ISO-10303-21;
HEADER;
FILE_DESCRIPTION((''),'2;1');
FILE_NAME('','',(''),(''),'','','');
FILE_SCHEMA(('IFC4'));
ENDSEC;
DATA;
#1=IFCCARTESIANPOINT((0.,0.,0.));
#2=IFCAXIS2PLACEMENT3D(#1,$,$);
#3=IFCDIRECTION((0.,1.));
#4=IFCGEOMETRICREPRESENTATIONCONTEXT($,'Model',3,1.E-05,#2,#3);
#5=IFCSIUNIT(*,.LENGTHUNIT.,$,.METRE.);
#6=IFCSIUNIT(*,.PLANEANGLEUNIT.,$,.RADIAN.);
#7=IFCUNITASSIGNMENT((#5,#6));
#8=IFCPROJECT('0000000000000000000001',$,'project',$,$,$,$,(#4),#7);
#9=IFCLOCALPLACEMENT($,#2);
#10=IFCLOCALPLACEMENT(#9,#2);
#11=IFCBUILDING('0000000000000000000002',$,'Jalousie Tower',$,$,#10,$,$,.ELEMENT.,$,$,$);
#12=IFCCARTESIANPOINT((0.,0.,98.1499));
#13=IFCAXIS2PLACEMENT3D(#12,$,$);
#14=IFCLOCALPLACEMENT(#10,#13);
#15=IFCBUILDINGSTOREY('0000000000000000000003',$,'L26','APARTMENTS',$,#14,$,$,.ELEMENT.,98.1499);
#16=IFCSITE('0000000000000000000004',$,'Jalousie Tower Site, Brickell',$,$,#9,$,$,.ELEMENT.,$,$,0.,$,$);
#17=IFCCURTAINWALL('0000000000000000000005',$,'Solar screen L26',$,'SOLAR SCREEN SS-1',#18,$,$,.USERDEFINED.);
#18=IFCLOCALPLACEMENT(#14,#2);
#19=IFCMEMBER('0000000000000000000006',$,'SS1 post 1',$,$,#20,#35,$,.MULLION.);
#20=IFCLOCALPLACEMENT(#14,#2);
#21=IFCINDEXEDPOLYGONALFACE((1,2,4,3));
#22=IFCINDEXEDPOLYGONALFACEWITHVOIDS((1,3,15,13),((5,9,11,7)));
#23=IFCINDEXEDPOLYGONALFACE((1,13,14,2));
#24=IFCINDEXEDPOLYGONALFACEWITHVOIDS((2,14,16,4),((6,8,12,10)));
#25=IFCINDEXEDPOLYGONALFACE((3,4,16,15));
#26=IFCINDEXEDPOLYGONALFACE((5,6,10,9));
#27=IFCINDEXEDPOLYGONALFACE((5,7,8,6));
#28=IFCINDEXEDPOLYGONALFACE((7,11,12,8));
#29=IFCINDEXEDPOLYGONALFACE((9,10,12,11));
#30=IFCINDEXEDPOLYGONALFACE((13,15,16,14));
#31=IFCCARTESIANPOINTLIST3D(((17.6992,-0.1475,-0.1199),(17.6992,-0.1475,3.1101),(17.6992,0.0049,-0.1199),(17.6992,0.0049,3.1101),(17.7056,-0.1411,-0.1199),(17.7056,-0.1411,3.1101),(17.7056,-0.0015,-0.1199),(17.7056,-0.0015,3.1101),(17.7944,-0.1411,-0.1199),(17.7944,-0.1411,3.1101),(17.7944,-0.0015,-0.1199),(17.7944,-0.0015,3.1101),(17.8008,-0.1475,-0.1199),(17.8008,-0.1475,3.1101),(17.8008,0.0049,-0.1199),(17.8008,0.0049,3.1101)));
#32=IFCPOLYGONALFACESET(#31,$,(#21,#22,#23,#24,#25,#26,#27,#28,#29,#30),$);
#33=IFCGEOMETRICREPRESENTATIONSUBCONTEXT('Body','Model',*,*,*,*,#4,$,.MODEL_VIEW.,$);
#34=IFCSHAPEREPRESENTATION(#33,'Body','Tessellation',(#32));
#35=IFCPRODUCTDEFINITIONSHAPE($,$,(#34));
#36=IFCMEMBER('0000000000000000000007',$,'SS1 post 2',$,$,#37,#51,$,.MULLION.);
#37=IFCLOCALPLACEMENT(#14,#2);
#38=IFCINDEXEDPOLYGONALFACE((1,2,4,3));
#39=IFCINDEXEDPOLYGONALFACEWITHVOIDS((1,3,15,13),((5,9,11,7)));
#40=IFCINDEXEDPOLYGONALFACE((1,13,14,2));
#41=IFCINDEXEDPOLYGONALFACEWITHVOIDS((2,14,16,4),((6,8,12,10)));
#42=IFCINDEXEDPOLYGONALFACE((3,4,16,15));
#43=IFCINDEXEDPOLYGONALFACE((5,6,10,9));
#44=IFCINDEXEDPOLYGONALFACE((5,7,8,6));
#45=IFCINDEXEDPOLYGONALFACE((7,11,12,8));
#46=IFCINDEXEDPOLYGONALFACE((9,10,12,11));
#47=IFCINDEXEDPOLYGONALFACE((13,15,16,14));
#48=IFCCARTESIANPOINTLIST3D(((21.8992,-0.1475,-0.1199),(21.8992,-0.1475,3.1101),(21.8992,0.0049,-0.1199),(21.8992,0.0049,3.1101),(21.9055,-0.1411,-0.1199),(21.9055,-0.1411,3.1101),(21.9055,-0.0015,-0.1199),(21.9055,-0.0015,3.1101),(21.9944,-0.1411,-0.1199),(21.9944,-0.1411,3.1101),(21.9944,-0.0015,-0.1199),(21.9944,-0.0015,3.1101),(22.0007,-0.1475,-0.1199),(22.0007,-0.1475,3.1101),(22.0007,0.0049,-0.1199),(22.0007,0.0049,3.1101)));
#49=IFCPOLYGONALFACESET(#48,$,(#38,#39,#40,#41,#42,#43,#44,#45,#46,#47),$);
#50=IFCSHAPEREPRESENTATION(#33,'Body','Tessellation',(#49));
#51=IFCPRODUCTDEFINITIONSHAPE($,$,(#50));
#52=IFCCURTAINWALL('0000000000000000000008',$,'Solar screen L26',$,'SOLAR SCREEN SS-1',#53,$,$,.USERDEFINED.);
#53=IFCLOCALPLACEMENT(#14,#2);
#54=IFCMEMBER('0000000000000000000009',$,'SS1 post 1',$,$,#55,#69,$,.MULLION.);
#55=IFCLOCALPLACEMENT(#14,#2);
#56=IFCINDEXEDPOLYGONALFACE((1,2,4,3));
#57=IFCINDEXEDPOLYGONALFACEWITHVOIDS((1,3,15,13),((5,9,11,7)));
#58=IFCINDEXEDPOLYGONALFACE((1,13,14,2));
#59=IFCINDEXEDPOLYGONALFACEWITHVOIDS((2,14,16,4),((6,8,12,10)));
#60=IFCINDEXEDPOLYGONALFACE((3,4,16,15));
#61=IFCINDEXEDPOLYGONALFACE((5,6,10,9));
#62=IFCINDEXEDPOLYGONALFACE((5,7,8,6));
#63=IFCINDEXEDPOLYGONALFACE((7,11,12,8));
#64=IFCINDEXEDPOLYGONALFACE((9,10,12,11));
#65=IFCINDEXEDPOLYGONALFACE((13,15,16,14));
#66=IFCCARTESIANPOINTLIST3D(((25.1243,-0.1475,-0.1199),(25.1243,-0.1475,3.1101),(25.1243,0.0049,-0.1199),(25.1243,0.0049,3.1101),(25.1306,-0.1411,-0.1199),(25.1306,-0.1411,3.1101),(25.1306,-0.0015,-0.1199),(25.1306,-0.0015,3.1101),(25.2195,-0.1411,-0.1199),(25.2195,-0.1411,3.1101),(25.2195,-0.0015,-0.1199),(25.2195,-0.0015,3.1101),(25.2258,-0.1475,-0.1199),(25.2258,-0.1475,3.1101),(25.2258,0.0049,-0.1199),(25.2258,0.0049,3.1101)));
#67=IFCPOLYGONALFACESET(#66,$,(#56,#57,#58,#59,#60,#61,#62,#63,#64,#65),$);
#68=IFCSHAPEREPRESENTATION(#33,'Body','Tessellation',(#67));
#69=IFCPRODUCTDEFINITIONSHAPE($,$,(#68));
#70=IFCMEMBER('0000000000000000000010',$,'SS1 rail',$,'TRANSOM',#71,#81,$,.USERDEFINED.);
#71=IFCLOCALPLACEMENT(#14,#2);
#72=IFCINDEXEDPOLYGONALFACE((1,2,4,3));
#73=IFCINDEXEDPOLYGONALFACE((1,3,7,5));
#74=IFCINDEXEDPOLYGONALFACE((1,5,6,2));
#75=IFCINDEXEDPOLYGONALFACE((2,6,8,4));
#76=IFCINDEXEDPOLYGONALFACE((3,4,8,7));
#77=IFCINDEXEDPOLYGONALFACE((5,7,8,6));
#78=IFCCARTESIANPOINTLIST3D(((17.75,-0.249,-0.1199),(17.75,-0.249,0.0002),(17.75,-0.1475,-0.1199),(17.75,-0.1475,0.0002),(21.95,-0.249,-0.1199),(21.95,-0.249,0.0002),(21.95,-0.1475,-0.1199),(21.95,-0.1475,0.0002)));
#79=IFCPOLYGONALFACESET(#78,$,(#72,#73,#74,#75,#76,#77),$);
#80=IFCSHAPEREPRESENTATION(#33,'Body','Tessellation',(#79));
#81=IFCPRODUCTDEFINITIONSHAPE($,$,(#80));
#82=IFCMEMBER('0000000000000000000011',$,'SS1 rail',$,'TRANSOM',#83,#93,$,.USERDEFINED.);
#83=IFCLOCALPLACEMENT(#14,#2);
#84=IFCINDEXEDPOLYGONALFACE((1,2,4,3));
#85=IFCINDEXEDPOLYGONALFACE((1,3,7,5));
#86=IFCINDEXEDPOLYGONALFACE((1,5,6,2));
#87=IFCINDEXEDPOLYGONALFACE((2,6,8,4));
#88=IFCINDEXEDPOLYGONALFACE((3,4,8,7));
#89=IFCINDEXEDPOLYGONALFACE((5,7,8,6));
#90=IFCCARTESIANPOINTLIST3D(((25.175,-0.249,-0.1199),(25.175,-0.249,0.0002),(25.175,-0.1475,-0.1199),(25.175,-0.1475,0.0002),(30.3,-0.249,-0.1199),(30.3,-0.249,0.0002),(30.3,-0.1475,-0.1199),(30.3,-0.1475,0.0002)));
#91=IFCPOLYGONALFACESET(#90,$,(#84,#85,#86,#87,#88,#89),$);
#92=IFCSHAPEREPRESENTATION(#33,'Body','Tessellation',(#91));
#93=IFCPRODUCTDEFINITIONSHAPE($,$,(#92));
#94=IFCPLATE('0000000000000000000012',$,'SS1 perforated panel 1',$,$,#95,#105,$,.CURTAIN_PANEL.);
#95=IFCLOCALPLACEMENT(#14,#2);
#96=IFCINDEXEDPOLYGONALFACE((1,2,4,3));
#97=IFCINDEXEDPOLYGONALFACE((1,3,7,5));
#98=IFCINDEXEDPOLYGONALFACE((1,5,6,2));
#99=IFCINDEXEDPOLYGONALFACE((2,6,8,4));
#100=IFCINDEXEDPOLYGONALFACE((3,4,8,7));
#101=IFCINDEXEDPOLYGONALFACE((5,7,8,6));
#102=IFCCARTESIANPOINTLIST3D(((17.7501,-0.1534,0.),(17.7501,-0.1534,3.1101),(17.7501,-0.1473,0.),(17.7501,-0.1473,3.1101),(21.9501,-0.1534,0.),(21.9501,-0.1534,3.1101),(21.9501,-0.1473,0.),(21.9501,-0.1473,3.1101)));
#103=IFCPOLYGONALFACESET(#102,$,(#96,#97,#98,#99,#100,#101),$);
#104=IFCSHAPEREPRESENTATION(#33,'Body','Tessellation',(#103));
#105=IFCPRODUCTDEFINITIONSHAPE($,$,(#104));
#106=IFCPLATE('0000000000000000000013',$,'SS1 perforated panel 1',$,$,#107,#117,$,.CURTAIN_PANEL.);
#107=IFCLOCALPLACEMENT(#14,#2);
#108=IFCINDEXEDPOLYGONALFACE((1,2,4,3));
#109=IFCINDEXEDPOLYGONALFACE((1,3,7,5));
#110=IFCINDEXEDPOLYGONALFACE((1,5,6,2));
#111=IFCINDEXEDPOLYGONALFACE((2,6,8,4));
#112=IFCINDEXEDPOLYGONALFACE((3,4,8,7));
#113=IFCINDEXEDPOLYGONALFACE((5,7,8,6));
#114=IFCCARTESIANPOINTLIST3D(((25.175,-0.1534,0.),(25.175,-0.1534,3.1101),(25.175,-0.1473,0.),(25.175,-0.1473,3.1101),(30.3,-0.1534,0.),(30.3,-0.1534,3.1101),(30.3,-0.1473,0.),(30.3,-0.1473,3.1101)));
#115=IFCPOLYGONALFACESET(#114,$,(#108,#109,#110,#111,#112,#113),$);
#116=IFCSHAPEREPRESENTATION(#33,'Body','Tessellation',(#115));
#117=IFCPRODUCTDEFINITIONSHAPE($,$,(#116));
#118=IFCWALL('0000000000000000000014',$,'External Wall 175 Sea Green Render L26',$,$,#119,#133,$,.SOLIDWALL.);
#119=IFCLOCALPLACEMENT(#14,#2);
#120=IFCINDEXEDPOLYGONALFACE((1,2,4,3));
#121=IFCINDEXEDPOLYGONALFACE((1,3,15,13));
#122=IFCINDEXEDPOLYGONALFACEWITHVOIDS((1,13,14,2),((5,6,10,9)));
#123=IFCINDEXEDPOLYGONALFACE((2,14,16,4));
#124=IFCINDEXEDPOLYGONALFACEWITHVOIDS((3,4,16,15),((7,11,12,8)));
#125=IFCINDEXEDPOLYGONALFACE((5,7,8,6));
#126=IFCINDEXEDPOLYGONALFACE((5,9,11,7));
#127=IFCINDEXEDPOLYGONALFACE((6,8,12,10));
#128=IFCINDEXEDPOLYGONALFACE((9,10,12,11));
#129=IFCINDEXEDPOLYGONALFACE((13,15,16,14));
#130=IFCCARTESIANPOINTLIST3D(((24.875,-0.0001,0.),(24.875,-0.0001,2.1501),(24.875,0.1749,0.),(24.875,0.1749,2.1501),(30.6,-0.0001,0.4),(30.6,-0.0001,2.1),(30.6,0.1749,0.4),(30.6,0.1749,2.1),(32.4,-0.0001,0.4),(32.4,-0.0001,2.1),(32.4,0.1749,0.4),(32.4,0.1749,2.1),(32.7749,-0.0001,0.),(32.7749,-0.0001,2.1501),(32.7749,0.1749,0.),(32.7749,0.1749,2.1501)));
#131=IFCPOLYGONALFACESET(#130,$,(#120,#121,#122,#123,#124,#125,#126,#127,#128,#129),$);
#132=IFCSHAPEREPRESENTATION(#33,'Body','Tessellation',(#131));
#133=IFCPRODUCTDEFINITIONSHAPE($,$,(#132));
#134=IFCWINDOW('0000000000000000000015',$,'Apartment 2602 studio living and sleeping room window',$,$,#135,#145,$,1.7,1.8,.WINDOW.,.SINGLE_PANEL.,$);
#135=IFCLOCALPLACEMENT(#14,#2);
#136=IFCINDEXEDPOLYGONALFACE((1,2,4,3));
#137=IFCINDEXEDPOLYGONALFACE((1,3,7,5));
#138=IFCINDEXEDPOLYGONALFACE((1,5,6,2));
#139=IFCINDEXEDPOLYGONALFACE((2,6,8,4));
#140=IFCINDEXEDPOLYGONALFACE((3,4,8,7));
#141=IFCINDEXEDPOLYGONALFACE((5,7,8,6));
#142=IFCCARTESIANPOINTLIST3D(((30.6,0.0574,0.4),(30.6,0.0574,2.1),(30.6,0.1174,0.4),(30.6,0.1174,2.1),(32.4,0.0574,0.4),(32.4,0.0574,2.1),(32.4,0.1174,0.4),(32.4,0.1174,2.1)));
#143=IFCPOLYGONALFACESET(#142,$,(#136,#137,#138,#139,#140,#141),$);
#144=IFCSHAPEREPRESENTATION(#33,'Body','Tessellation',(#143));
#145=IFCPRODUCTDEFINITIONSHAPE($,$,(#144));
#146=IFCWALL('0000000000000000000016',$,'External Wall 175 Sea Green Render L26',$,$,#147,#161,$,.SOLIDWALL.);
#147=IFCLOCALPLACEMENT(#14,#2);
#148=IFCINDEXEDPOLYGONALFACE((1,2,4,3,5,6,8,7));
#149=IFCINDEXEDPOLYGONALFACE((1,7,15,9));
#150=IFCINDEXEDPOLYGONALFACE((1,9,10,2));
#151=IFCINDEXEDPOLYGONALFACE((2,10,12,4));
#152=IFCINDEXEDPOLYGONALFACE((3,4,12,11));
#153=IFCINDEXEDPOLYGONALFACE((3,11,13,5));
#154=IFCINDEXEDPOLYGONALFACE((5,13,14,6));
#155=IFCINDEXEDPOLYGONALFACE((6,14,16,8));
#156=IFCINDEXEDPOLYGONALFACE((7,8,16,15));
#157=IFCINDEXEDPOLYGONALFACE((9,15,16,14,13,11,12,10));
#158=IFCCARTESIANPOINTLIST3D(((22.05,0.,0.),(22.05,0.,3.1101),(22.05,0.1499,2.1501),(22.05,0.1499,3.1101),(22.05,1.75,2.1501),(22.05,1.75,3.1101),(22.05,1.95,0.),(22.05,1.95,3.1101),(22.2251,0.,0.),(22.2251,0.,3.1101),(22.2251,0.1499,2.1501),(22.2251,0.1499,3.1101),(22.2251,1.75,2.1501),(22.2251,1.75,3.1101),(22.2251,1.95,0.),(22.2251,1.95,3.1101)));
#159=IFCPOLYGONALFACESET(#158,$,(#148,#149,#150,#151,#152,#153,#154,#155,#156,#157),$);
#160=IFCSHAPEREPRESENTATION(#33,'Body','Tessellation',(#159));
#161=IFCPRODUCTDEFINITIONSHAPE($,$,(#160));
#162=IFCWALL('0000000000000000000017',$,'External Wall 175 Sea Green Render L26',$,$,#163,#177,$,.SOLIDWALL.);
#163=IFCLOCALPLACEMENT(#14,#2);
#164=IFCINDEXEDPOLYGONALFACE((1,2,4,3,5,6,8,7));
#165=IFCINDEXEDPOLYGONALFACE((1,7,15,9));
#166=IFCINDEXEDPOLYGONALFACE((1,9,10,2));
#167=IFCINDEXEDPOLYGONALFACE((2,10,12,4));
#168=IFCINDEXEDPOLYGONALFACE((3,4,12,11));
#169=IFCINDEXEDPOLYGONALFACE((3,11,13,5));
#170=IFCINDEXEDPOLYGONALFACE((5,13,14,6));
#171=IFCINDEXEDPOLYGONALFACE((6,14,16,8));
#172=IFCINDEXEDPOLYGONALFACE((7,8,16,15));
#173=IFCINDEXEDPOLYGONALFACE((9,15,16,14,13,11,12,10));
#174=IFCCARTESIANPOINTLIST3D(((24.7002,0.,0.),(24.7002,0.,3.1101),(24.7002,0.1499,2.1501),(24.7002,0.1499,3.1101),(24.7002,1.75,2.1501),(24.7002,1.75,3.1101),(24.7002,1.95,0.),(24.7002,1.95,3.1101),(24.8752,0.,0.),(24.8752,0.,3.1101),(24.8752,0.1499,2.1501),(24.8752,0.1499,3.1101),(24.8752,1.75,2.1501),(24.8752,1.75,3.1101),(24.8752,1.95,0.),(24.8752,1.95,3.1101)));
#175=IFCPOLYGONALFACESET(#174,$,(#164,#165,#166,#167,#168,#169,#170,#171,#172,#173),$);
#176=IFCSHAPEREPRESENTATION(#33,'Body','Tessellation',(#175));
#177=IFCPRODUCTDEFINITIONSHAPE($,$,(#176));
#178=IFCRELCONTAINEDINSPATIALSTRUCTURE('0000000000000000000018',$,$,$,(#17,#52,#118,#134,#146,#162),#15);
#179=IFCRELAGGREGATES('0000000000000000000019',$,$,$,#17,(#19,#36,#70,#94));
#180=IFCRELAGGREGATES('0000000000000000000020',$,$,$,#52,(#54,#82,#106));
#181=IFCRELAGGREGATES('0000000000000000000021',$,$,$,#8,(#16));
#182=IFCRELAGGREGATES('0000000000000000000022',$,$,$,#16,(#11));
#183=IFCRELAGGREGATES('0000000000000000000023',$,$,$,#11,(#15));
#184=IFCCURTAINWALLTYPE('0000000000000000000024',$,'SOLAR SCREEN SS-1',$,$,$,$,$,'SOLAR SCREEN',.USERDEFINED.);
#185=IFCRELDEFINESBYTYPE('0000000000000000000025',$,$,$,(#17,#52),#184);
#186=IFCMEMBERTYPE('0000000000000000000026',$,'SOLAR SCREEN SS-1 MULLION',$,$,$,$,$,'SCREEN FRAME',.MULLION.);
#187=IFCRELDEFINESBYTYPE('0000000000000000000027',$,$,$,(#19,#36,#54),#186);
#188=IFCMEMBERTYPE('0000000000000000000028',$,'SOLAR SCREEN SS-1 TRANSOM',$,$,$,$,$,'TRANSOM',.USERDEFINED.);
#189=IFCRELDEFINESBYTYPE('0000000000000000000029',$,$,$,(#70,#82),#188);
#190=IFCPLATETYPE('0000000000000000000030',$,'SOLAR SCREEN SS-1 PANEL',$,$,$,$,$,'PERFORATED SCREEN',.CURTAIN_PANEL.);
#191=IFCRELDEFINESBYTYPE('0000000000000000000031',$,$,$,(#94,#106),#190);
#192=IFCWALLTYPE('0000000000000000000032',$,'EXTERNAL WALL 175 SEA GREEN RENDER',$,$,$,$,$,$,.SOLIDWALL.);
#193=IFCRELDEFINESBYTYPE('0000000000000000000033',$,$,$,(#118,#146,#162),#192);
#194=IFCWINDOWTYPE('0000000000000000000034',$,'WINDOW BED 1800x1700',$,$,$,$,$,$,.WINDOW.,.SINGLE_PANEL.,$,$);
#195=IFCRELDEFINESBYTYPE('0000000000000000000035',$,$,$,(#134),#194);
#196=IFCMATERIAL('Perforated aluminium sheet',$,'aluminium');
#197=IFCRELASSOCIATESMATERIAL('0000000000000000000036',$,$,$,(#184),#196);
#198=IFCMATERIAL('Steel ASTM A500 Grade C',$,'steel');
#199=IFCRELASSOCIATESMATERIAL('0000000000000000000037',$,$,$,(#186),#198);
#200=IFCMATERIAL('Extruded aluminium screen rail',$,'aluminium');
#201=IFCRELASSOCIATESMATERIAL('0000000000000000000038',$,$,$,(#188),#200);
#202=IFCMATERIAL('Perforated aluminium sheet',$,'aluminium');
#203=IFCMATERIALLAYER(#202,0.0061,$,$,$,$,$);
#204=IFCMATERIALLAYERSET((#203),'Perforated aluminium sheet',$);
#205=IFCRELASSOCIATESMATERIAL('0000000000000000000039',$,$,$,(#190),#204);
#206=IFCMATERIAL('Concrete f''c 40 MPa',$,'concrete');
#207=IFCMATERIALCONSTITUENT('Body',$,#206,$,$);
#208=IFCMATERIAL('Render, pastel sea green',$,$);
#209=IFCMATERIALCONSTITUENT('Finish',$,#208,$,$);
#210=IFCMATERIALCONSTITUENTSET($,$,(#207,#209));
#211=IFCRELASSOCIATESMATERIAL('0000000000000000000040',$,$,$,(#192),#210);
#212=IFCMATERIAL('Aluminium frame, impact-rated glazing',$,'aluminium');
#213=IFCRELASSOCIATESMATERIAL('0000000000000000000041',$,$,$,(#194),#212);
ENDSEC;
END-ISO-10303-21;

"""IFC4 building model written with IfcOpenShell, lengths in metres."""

from ifc_helpers import new_model, si_unit, direction, frame, frame_2d, origin, origin_2d, place, context, subcontext, project, spatial, polyline, rectangle, hollow_rectangle, outline, extrude, material, layer, layer_set, constituent, constituent_set, material_profile, profile_set, type_object, element, fill, aggregate, save


model = new_model("IFC4")

# Units and contexts
model_context = context("Model", 3, precision=1e-05, world=origin(), true_north=direction((0.0, 1.0)))
body_context = subcontext(model_context, "Body", "Model", "MODEL_VIEW")
ifc_project = project(units=[si_unit("LENGTHUNIT", "METRE"), si_unit("PLANEANGLEUNIT", "RADIAN")], contexts=[model_context])

# Site, building, storey
site_placement = place(None, origin())
site = spatial("IfcSite", under=ifc_project, at=site_placement, Name="Jalousie Tower Site, Brickell", CompositionType="ELEMENT", RefElevation=0.0)
building_placement = place(site_placement, origin())
building = spatial("IfcBuilding", under=site, at=building_placement, Name="Jalousie Tower", CompositionType="ELEMENT")
storey_placement = place(building_placement, frame((0.0, 0.0, 98.1499)))
storey = spatial("IfcBuildingStorey", under=building, at=storey_placement, Name="L26", Description="APARTMENTS", CompositionType="ELEMENT", Elevation=98.1499)

# Shared definitions
ifc_material_1 = material(Name="Perforated aluminium sheet", Category="aluminium")
curtain_wall_type = type_object("IfcCurtainWallType", Name="SOLAR SCREEN SS-1", ElementType="SOLAR SCREEN", PredefinedType="USERDEFINED", material=ifc_material_1)
ifc_material_2 = material(Name="Steel ASTM A500 Grade C", Category="steel")
ifc_material_profile_1 = material_profile(ifc_material_2, hollow_rectangle(XDim=0.1016, YDim=0.1523, WallThickness=0.0063, at=origin_2d()), Name="HSS6X4X1/4")
ifc_profile_set_1 = profile_set([ifc_material_profile_1], Name="Steel ASTM A500 Grade C")
member_type_1 = type_object("IfcMemberType", Name="SOLAR SCREEN SS-1 MULLION", ElementType="SCREEN FRAME", PredefinedType="MULLION", material=ifc_profile_set_1)

# Curtain wall, members
curtain_wall_1_placement = place(storey_placement, origin())
curtain_wall_1 = element("IfcCurtainWall", 1, at=curtain_wall_1_placement, inside=storey, type_object=curtain_wall_type, Name="Solar screen L26", ObjectType="SOLAR SCREEN SS-1", PredefinedType="USERDEFINED")
member_1_placement = place(storey_placement, frame((17.75, -0.0713, -0.1199), z_axis=(0.0, 0.0, 1.0), x_axis=(1.0, 0.0, 0.0)))
member_1 = element("IfcMember", 2, at=member_1_placement, type_object=member_type_1, Name="SS1 post 1", PredefinedType="MULLION", context=body_context, shape_type="SweptSolid", body=[
    extrude(hollow_rectangle(XDim=0.1016, YDim=0.1523, WallThickness=0.0063, at=origin_2d()), origin(), (0.0, 0.0, 1.0), 3.23),
])
member_2_placement = place(storey_placement, frame((21.95, -0.0713, -0.1199), z_axis=(0.0, 0.0, 1.0), x_axis=(1.0, 0.0, 0.0)))
member_2 = element("IfcMember", 3, at=member_2_placement, type_object=member_type_1, Name="SS1 post 2", PredefinedType="MULLION", context=body_context, shape_type="SweptSolid", body=[
    extrude(hollow_rectangle(XDim=0.1016, YDim=0.1523, WallThickness=0.0063, at=origin_2d()), origin(), (0.0, 0.0, 1.0), 3.23),
])

# Curtain wall, member
curtain_wall_2_placement = place(storey_placement, origin())
curtain_wall_2 = element("IfcCurtainWall", 4, at=curtain_wall_2_placement, inside=storey, type_object=curtain_wall_type, Name="Solar screen L26", ObjectType="SOLAR SCREEN SS-1", PredefinedType="USERDEFINED")
member_3_placement = place(storey_placement, frame((25.175, -0.0713, -0.1199), z_axis=(0.0, 0.0, 1.0), x_axis=(1.0, 0.0, 0.0)))
member_3 = element("IfcMember", 5, at=member_3_placement, type_object=member_type_1, Name="SS1 post 1", PredefinedType="MULLION", context=body_context, shape_type="SweptSolid", body=[
    extrude(hollow_rectangle(XDim=0.1016, YDim=0.1523, WallThickness=0.0063, at=origin_2d()), origin(), (0.0, 0.0, 1.0), 3.23),
])

# Members
ifc_material_3 = material(Name="Extruded aluminium screen rail", Category="aluminium")
ifc_material_profile_2 = material_profile(ifc_material_3, rectangle(XDim=0.1016, YDim=0.1201, at=origin_2d()), Name="RAIL 102x120")
ifc_profile_set_2 = profile_set([ifc_material_profile_2], Name="Extruded aluminium screen rail")
member_type_2 = type_object("IfcMemberType", Name="SOLAR SCREEN SS-1 TRANSOM", ElementType="TRANSOM", PredefinedType="USERDEFINED", material=ifc_profile_set_2)
member_4_placement = place(storey_placement, frame((17.75, -0.1982, -0.0598), z_axis=(1.0, 0.0, 0.0), x_axis=(0.0, 1.0, 0.0)))
member_4 = element("IfcMember", 6, at=member_4_placement, type_object=member_type_2, Name="SS1 rail", ObjectType="TRANSOM", PredefinedType="USERDEFINED", context=body_context, shape_type="SweptSolid", body=[
    extrude(rectangle(XDim=0.1016, YDim=0.1201, at=origin_2d()), origin(), (0.0, 0.0, 1.0), 4.2),
])
member_5_placement = place(storey_placement, frame((25.175, -0.1982, -0.0598), z_axis=(1.0, 0.0, 0.0), x_axis=(0.0, 1.0, 0.0)))
member_5 = element("IfcMember", 7, at=member_5_placement, type_object=member_type_2, Name="SS1 rail", ObjectType="TRANSOM", PredefinedType="USERDEFINED", context=body_context, shape_type="SweptSolid", body=[
    extrude(rectangle(XDim=0.1016, YDim=0.1201, at=origin_2d()), origin(), (0.0, 0.0, 1.0), 5.125),
])

# Plates
ifc_material_4 = material(Name="Perforated aluminium sheet", Category="aluminium")
ifc_layer_1 = layer(ifc_material_4, 0.0061)
ifc_layer_set_1 = layer_set([ifc_layer_1], Name="Perforated aluminium sheet")
plate_type = type_object("IfcPlateType", Name="SOLAR SCREEN SS-1 PANEL", ElementType="PERFORATED SCREEN", PredefinedType="CURTAIN_PANEL", material=ifc_layer_set_1)
plate_1_placement = place(storey_placement, frame((19.8501, -0.1504, 0.0), z_axis=(0.0, 0.0, 1.0), x_axis=(1.0, 0.0, 0.0)))
plate_1 = element("IfcPlate", 8, at=plate_1_placement, type_object=plate_type, Name="SS1 perforated panel 1", PredefinedType="CURTAIN_PANEL", context=body_context, shape_type="SweptSolid", body=[
    extrude(rectangle(XDim=4.2, YDim=0.0061, at=origin_2d()), origin(), (0.0, 0.0, 1.0), 3.1101),
])
aggregate(curtain_wall_1, [member_1, member_2, member_4, plate_1])
plate_2_placement = place(storey_placement, frame((27.7375, -0.1504, 0.0), z_axis=(0.0, 0.0, 1.0), x_axis=(1.0, 0.0, 0.0)))
plate_2 = element("IfcPlate", 9, at=plate_2_placement, type_object=plate_type, Name="SS1 perforated panel 1", PredefinedType="CURTAIN_PANEL", context=body_context, shape_type="SweptSolid", body=[
    extrude(rectangle(XDim=5.125, YDim=0.0061, at=origin_2d()), origin(), (0.0, 0.0, 1.0), 3.1101),
])
aggregate(curtain_wall_2, [member_3, member_5, plate_2])

# Wall, opening, window
ifc_material_5 = material(Name="Concrete f'c 40 MPa", Category="concrete")
ifc_constituent_1 = constituent(ifc_material_5, Name="Body")
ifc_material_6 = material(Name="Render, pastel sea green")
ifc_constituent_2 = constituent(ifc_material_6, Name="Finish")
ifc_constituent_set_1 = constituent_set(constituents=[ifc_constituent_1, ifc_constituent_2])
wall_type_1 = type_object("IfcWallType", Name="EXTERNAL WALL 175 SEA GREEN RENDER", PredefinedType="SOLIDWALL", material=ifc_constituent_set_1)
wall_1_placement = place(storey_placement, frame((24.875, 0.0874, 0.0), z_axis=(0.0, 0.0, 1.0), x_axis=(1.0, 0.0, 0.0)))
wall_1 = element("IfcWall", 10, at=wall_1_placement, inside=storey, type_object=wall_type_1, Name="External Wall 175 Sea Green Render L26", PredefinedType="SOLIDWALL", context=body_context, shape_type="SweptSolid", body=[
    extrude(rectangle(XDim=7.8999, YDim=0.175, at=frame_2d((3.95, 0.0))), origin(), (0.0, 0.0, 1.0), 2.1501),
])
opening_1_placement = place(wall_1_placement, frame((5.7251, 0.0, 0.3999)))
opening_1 = element("IfcOpeningElement", 11, at=opening_1_placement, cuts=wall_1, PredefinedType="OPENING", context=body_context, shape_type="SweptSolid", body=[
    extrude(rectangle(XDim=1.8, YDim=1.7, at=frame_2d((0.8999, 0.8501))), frame((0.0, 0.0974, 0.0), z_axis=(0.0, -1.0, 0.0), x_axis=(1.0, 0.0, 0.0)), (0.0, 0.0, 1.0), 0.1951),
])
ifc_material_7 = material(Name="Aluminium frame, impact-rated glazing", Category="aluminium")
window_type = type_object("IfcWindowType", Name="WINDOW BED 1800x1700", PartitioningType="SINGLE_PANEL", PredefinedType="WINDOW", material=ifc_material_7)
window_placement = place(opening_1_placement, origin())
window = element("IfcWindow", 12, at=window_placement, inside=storey, type_object=window_type, Name="Apartment 2602 studio living and sleeping room window", OverallHeight=1.7, OverallWidth=1.8, PartitioningType="SINGLE_PANEL", PredefinedType="WINDOW", context=body_context, shape_type="SweptSolid", body=[
    extrude(rectangle(XDim=1.8, YDim=1.7, at=frame_2d((0.8999, 0.8501))), frame((0.0, 0.03, 0.0), z_axis=(0.0, -1.0, 0.0), x_axis=(1.0, 0.0, 0.0)), (0.0, 0.0, 1.0), 0.0601),
])
fill(opening_1, window)

# Walls
for number, where, z_axis, x_axis, name in (
    (13, (22.1375, 0.0, 0.0), (0.0, 0.0, 1.0), (0.0, 1.0, 0.0), "External Wall 175 Sea Green Render L26"),
    (14, (24.7876, 0.0, 0.0), (0.0, 0.0, 1.0), (0.0, 1.0, 0.0), "External Wall 175 Sea Green Render L26"),
):
    element("IfcWall", number, at=place(storey_placement, frame(where, z_axis=z_axis, x_axis=x_axis)), inside=storey, type_object=wall_type_1, Name=name, PredefinedType="SOLIDWALL", context=body_context, shape_type="SweptSolid", body=[
        extrude(outline(polyline([(0.0, 0.0), (1.95, 0.0), (1.95, 3.1101), (1.75, 3.1101), (1.75, 2.1501), (0.1499, 2.1501), (0.1499, 3.1101), (0.0, 3.1101), (0.0, 0.0)])), frame((0.0, 0.0874, 0.0), z_axis=(0.0, -1.0, 0.0), x_axis=(1.0, 0.0, 0.0)), (0.0, 0.0, 1.0), 0.175),
    ])

save(model, "model.ifc")
